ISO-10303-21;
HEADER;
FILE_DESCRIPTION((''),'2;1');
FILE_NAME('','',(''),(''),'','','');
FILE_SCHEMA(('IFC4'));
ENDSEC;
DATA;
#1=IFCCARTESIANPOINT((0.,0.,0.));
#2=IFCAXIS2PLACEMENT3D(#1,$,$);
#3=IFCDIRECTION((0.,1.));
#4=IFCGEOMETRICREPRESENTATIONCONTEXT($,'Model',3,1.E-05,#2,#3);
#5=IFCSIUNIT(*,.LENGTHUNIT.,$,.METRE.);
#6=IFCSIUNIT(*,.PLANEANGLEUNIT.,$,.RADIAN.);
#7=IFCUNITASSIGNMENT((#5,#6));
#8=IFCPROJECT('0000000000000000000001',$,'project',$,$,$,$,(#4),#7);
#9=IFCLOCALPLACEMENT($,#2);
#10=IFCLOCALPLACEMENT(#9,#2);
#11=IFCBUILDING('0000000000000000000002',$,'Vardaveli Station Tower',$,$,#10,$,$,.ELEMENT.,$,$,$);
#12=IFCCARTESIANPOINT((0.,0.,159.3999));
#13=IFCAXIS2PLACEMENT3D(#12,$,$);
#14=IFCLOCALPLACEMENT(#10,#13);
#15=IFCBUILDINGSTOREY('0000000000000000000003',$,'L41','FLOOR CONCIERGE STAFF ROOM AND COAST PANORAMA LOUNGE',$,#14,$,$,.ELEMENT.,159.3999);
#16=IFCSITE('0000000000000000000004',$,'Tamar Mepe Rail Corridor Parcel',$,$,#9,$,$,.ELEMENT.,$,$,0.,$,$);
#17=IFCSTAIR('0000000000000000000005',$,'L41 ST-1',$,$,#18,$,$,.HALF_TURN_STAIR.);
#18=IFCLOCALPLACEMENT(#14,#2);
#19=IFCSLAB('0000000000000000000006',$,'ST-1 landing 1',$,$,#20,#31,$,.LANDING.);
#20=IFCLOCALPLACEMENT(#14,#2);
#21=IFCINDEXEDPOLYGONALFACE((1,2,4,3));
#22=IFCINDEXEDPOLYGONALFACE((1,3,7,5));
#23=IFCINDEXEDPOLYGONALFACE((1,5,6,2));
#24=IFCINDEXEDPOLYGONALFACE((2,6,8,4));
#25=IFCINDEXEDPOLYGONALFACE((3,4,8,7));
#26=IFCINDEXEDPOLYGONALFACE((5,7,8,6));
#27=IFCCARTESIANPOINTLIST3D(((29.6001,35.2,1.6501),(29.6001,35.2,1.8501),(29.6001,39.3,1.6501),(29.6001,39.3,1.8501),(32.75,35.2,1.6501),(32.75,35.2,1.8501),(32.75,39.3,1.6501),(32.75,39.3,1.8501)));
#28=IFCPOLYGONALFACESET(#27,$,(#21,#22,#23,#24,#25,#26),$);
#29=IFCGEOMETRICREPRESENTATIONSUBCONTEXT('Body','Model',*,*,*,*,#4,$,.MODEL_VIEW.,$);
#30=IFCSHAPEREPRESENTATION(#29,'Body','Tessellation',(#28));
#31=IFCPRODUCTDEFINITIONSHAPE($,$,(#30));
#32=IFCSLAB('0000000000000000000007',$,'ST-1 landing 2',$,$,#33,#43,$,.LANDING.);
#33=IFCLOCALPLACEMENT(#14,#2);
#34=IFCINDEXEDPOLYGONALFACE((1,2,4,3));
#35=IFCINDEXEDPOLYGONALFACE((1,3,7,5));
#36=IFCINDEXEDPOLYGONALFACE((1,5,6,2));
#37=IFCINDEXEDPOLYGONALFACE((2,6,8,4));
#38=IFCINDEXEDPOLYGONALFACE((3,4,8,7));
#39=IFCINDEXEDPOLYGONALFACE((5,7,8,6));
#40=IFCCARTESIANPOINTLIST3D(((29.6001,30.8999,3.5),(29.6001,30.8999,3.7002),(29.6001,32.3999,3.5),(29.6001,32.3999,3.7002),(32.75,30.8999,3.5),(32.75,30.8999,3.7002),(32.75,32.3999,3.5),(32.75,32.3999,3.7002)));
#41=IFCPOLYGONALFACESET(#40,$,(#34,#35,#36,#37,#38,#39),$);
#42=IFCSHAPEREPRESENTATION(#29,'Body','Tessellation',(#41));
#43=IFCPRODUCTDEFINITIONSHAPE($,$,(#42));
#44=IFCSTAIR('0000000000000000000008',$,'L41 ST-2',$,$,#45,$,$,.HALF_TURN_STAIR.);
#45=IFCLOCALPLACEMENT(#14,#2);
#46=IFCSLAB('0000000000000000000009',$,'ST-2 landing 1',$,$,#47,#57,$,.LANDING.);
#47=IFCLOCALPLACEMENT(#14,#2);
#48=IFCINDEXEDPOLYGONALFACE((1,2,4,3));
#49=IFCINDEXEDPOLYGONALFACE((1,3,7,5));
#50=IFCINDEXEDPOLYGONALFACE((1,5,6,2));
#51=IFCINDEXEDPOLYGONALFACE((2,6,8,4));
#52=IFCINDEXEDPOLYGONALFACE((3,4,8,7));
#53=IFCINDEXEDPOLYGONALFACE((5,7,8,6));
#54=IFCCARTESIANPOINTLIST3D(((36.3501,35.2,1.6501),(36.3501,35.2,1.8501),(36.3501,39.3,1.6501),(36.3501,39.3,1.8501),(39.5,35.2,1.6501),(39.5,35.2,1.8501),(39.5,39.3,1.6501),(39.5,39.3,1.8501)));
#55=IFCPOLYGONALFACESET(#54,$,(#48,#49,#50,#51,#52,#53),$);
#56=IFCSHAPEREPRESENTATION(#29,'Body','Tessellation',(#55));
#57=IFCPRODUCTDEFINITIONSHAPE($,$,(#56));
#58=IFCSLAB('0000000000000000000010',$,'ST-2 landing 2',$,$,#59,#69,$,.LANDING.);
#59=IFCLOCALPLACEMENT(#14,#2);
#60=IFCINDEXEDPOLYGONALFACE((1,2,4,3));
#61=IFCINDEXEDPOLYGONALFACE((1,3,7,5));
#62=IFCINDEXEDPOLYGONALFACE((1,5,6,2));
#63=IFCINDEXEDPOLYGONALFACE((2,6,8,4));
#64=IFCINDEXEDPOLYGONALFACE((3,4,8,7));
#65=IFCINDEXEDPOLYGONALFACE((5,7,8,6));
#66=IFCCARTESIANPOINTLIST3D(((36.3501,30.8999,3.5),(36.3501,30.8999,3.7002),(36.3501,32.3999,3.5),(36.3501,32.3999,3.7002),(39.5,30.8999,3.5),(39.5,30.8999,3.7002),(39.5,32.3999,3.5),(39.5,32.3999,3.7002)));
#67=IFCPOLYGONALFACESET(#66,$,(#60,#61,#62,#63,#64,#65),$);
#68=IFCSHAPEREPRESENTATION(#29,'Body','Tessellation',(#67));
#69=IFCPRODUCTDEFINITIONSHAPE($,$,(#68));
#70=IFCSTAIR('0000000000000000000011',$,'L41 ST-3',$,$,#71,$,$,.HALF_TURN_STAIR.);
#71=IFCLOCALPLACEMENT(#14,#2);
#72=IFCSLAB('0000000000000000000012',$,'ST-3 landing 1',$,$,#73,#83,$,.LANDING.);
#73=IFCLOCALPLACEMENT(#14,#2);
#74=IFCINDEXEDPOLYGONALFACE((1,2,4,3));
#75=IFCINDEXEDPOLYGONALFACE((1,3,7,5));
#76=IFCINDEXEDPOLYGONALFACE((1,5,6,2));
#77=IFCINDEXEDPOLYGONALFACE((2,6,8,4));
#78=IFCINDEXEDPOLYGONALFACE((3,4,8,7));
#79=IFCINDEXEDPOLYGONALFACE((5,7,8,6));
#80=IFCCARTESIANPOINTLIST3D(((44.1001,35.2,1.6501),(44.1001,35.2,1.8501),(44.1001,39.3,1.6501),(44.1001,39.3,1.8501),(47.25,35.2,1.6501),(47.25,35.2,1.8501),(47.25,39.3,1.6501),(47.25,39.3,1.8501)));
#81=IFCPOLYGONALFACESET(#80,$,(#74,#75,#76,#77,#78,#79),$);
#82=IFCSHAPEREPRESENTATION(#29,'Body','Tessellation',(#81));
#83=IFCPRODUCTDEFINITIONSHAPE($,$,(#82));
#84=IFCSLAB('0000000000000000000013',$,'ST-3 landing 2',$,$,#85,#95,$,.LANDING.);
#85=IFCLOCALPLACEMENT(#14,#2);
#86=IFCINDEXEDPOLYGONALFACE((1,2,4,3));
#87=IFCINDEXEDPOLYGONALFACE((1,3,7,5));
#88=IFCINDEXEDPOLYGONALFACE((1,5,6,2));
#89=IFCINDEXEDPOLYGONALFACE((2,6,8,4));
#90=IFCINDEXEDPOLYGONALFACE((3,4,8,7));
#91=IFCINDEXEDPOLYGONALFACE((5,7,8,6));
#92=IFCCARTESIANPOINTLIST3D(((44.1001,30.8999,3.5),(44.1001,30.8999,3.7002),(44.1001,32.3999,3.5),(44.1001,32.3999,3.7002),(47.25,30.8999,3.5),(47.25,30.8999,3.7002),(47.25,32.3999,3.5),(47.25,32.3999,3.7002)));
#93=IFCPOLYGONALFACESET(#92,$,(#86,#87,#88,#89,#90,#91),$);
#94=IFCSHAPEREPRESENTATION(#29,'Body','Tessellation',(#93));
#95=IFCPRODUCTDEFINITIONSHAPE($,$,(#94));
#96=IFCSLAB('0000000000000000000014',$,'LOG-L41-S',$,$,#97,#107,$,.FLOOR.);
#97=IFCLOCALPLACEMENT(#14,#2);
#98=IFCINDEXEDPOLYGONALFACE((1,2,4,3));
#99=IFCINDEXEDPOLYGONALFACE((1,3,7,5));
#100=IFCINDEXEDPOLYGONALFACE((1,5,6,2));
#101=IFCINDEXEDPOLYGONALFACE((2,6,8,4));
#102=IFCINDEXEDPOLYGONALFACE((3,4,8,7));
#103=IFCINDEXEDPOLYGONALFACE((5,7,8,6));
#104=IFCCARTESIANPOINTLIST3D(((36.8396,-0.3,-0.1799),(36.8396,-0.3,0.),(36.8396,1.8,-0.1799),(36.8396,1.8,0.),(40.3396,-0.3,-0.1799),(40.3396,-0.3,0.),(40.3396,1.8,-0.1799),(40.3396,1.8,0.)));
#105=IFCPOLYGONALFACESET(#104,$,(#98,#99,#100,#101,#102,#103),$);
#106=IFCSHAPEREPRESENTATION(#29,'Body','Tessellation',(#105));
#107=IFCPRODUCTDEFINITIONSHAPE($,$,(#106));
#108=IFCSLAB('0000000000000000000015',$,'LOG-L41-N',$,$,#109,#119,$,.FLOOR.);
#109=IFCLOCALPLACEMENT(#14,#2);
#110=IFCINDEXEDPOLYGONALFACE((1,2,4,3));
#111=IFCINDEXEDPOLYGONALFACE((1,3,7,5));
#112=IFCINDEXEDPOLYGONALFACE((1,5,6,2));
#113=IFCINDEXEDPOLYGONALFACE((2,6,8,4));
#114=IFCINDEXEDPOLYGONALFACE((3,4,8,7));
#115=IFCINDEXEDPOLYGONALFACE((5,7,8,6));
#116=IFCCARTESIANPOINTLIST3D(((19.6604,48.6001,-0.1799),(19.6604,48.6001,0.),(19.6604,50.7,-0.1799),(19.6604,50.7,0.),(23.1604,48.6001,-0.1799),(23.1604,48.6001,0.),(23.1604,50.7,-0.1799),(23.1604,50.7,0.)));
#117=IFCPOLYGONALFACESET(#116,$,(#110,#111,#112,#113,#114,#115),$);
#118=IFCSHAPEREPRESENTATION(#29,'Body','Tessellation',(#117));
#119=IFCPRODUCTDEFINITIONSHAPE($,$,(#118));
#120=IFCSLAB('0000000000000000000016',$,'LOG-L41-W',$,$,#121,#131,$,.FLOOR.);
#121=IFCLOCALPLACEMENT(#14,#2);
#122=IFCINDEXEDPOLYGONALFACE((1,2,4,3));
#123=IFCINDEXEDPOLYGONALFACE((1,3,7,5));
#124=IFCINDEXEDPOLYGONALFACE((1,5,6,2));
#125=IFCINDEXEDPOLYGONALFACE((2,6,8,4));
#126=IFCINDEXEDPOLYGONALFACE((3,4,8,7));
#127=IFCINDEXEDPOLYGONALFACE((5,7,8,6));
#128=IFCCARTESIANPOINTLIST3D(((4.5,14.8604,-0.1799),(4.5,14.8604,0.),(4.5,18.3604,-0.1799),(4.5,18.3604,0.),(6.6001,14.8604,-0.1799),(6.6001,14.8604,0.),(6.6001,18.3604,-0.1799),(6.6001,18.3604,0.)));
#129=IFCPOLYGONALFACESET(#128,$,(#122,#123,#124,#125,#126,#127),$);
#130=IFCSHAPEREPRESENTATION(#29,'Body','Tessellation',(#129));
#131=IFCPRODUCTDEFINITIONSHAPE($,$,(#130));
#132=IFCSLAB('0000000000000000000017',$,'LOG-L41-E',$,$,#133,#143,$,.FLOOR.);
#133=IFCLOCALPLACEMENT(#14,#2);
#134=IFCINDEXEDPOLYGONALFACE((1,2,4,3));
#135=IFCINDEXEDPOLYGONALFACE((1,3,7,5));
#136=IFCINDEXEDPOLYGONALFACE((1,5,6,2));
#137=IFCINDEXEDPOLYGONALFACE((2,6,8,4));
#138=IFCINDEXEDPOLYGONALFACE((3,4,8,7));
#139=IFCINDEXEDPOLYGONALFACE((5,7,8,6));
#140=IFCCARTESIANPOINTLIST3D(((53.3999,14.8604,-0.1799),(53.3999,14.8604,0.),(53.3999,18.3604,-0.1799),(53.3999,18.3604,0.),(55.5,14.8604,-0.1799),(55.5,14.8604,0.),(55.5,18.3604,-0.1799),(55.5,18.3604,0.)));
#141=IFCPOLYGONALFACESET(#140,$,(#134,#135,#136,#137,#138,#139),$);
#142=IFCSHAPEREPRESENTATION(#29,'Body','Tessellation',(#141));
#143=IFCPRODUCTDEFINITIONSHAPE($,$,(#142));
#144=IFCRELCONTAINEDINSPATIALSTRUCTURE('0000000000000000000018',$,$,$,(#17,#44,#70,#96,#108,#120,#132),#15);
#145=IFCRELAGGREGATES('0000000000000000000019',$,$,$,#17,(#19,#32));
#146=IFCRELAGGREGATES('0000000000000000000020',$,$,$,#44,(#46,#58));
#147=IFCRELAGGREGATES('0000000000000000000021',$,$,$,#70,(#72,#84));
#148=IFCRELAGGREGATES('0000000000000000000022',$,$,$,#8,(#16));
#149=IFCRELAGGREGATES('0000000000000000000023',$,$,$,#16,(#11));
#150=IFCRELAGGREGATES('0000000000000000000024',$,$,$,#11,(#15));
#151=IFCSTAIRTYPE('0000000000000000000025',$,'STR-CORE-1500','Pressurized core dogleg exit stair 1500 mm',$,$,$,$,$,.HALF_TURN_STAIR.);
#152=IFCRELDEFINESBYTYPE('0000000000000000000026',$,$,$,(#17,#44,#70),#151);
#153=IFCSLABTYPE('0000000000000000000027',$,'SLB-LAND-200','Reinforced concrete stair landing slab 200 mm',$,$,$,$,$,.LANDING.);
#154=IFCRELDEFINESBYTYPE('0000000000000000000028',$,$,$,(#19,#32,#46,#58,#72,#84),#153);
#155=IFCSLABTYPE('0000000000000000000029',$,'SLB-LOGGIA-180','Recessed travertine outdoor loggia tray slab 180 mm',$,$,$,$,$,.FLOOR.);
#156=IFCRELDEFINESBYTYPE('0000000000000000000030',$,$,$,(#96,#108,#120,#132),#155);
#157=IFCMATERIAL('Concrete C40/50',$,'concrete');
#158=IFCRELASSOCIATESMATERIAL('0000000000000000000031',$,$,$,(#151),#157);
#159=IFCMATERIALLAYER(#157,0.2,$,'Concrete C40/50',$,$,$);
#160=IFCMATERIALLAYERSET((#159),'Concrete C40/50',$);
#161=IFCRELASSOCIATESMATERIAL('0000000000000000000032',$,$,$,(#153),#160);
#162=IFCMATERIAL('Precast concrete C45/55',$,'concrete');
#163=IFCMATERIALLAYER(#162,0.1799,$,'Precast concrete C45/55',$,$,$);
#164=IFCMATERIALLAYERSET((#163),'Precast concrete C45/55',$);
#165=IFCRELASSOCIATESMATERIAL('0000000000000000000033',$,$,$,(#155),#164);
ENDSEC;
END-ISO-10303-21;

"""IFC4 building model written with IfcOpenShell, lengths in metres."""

from ifc_helpers import new_model, si_unit, direction, frame, origin, place, context, subcontext, project, spatial, polyline, outline, extrude, material, layer, layer_set, type_object, element, aggregate, save


model = new_model("IFC4")

# Units and contexts
model_context = context("Model", 3, precision=1e-05, world=origin(), true_north=direction((0.0, 1.0)))
body_context = subcontext(model_context, "Body", "Model", "MODEL_VIEW")
ifc_project = project(units=[si_unit("LENGTHUNIT", "METRE"), si_unit("PLANEANGLEUNIT", "RADIAN")], contexts=[model_context])

# Site, building, storey
site_placement = place(None, origin())
site = spatial("IfcSite", under=ifc_project, at=site_placement, Name="Tamar Mepe Rail Corridor Parcel", CompositionType="ELEMENT", RefElevation=0.0)
building_placement = place(site_placement, origin())
building = spatial("IfcBuilding", under=site, at=building_placement, Name="Vardaveli Station Tower", CompositionType="ELEMENT")
storey_placement = place(building_placement, frame((0.0, 0.0, 159.3999)))
storey = spatial("IfcBuildingStorey", under=building, at=storey_placement, Name="L41", Description="FLOOR CONCIERGE STAFF ROOM AND COAST PANORAMA LOUNGE", CompositionType="ELEMENT", Elevation=159.3999)

# Stairs, slabs
ifc_material_1 = material(Name="Concrete C40/50", Category="concrete")
stair_type = type_object("IfcStairType", Name="STR-CORE-1500", Description="Pressurized core dogleg exit stair 1500 mm", PredefinedType="HALF_TURN_STAIR", material=ifc_material_1)
stair_1_placement = place(storey_placement, origin())
stair_1 = element("IfcStair", 1, at=stair_1_placement, inside=storey, type_object=stair_type, Name="L41 ST-1", PredefinedType="HALF_TURN_STAIR")
ifc_layer_1 = layer(ifc_material_1, 0.2, Name="Concrete C40/50")
ifc_layer_set_1 = layer_set([ifc_layer_1], Name="Concrete C40/50")
slab_type_1 = type_object("IfcSlabType", Name="SLB-LAND-200", Description="Reinforced concrete stair landing slab 200 mm", PredefinedType="LANDING", material=ifc_layer_set_1)
slab_1_placement = place(storey_placement, frame((0.0, 0.0, 1.6501)))
slab_1 = element("IfcSlab", 2, at=slab_1_placement, type_object=slab_type_1, Name="ST-1 landing 1", PredefinedType="LANDING", context=body_context, shape_type="SweptSolid", body=[
    extrude(outline(polyline([(32.75, 35.2), (32.75, 39.3), (29.6001, 39.3), (29.6001, 35.2), (32.75, 35.2)])), origin(), (0.0, 0.0, 1.0), 0.2),
])
slab_2_placement = place(storey_placement, frame((0.0, 0.0, 3.5)))
slab_2 = element("IfcSlab", 3, at=slab_2_placement, type_object=slab_type_1, Name="ST-1 landing 2", PredefinedType="LANDING", context=body_context, shape_type="SweptSolid", body=[
    extrude(outline(polyline([(32.75, 30.8999), (32.75, 32.3999), (29.6001, 32.3999), (29.6001, 30.8999), (32.75, 30.8999)])), origin(), (0.0, 0.0, 1.0), 0.2002),
])
aggregate(stair_1, [slab_1, slab_2])
stair_2_placement = place(storey_placement, origin())
stair_2 = element("IfcStair", 4, at=stair_2_placement, inside=storey, type_object=stair_type, Name="L41 ST-2", PredefinedType="HALF_TURN_STAIR")
slab_3_placement = place(storey_placement, frame((0.0, 0.0, 1.6501)))
slab_3 = element("IfcSlab", 5, at=slab_3_placement, type_object=slab_type_1, Name="ST-2 landing 1", PredefinedType="LANDING", context=body_context, shape_type="SweptSolid", body=[
    extrude(outline(polyline([(39.5, 35.2), (39.5, 39.3), (36.3501, 39.3), (36.3501, 35.2), (39.5, 35.2)])), origin(), (0.0, 0.0, 1.0), 0.2),
])
slab_4_placement = place(storey_placement, frame((0.0, 0.0, 3.5)))
slab_4 = element("IfcSlab", 6, at=slab_4_placement, type_object=slab_type_1, Name="ST-2 landing 2", PredefinedType="LANDING", context=body_context, shape_type="SweptSolid", body=[
    extrude(outline(polyline([(39.5, 30.8999), (39.5, 32.3999), (36.3501, 32.3999), (36.3501, 30.8999), (39.5, 30.8999)])), origin(), (0.0, 0.0, 1.0), 0.2002),
])
aggregate(stair_2, [slab_3, slab_4])
stair_3_placement = place(storey_placement, origin())
stair_3 = element("IfcStair", 7, at=stair_3_placement, inside=storey, type_object=stair_type, Name="L41 ST-3", PredefinedType="HALF_TURN_STAIR")
slab_5_placement = place(storey_placement, frame((0.0, 0.0, 1.6501)))
slab_5 = element("IfcSlab", 8, at=slab_5_placement, type_object=slab_type_1, Name="ST-3 landing 1", PredefinedType="LANDING", context=body_context, shape_type="SweptSolid", body=[
    extrude(outline(polyline([(47.25, 35.2), (47.25, 39.3), (44.1001, 39.3), (44.1001, 35.2), (47.25, 35.2)])), origin(), (0.0, 0.0, 1.0), 0.2),
])
slab_6_placement = place(storey_placement, frame((0.0, 0.0, 3.5)))
slab_6 = element("IfcSlab", 9, at=slab_6_placement, type_object=slab_type_1, Name="ST-3 landing 2", PredefinedType="LANDING", context=body_context, shape_type="SweptSolid", body=[
    extrude(outline(polyline([(47.25, 30.8999), (47.25, 32.3999), (44.1001, 32.3999), (44.1001, 30.8999), (47.25, 30.8999)])), origin(), (0.0, 0.0, 1.0), 0.2002),
])
aggregate(stair_3, [slab_5, slab_6])

# Slabs
ifc_material_2 = material(Name="Precast concrete C45/55", Category="concrete")
ifc_layer_2 = layer(ifc_material_2, 0.1799, Name="Precast concrete C45/55")
ifc_layer_set_2 = layer_set([ifc_layer_2], Name="Precast concrete C45/55")
slab_type_2 = type_object("IfcSlabType", Name="SLB-LOGGIA-180", Description="Recessed travertine outdoor loggia tray slab 180 mm", PredefinedType="FLOOR", material=ifc_layer_set_2)
slab_7_placement = place(storey_placement, frame((0.0, 0.0, -0.1799)))
element("IfcSlab", 10, at=slab_7_placement, inside=storey, type_object=slab_type_2, Name="LOG-L41-S", PredefinedType="FLOOR", context=body_context, shape_type="SweptSolid", body=[
    extrude(outline(polyline([(36.8396, -0.3), (40.3396, -0.3), (40.3396, 1.8), (36.8396, 1.8), (36.8396, -0.3)])), origin(), (0.0, 0.0, 1.0), 0.1799),
])
slab_8_placement = place(storey_placement, frame((0.0, 0.0, -0.1799)))
element("IfcSlab", 11, at=slab_8_placement, inside=storey, type_object=slab_type_2, Name="LOG-L41-N", PredefinedType="FLOOR", context=body_context, shape_type="SweptSolid", body=[
    extrude(outline(polyline([(19.6604, 48.6001), (23.1604, 48.6001), (23.1604, 50.7), (19.6604, 50.7), (19.6604, 48.6001)])), origin(), (0.0, 0.0, 1.0), 0.1799),
])
slab_9_placement = place(storey_placement, frame((0.0, 0.0, -0.1799)))
element("IfcSlab", 12, at=slab_9_placement, inside=storey, type_object=slab_type_2, Name="LOG-L41-W", PredefinedType="FLOOR", context=body_context, shape_type="SweptSolid", body=[
    extrude(outline(polyline([(4.5, 14.8604), (6.6001, 14.8604), (6.6001, 18.3604), (4.5, 18.3604), (4.5, 14.8604)])), origin(), (0.0, 0.0, 1.0), 0.1799),
])
slab_10_placement = place(storey_placement, frame((0.0, 0.0, -0.1799)))
element("IfcSlab", 13, at=slab_10_placement, inside=storey, type_object=slab_type_2, Name="LOG-L41-E", PredefinedType="FLOOR", context=body_context, shape_type="SweptSolid", body=[
    extrude(outline(polyline([(53.3999, 14.8604), (55.5, 14.8604), (55.5, 18.3604), (53.3999, 18.3604), (53.3999, 14.8604)])), origin(), (0.0, 0.0, 1.0), 0.1799),
])

save(model, "model.ifc")
